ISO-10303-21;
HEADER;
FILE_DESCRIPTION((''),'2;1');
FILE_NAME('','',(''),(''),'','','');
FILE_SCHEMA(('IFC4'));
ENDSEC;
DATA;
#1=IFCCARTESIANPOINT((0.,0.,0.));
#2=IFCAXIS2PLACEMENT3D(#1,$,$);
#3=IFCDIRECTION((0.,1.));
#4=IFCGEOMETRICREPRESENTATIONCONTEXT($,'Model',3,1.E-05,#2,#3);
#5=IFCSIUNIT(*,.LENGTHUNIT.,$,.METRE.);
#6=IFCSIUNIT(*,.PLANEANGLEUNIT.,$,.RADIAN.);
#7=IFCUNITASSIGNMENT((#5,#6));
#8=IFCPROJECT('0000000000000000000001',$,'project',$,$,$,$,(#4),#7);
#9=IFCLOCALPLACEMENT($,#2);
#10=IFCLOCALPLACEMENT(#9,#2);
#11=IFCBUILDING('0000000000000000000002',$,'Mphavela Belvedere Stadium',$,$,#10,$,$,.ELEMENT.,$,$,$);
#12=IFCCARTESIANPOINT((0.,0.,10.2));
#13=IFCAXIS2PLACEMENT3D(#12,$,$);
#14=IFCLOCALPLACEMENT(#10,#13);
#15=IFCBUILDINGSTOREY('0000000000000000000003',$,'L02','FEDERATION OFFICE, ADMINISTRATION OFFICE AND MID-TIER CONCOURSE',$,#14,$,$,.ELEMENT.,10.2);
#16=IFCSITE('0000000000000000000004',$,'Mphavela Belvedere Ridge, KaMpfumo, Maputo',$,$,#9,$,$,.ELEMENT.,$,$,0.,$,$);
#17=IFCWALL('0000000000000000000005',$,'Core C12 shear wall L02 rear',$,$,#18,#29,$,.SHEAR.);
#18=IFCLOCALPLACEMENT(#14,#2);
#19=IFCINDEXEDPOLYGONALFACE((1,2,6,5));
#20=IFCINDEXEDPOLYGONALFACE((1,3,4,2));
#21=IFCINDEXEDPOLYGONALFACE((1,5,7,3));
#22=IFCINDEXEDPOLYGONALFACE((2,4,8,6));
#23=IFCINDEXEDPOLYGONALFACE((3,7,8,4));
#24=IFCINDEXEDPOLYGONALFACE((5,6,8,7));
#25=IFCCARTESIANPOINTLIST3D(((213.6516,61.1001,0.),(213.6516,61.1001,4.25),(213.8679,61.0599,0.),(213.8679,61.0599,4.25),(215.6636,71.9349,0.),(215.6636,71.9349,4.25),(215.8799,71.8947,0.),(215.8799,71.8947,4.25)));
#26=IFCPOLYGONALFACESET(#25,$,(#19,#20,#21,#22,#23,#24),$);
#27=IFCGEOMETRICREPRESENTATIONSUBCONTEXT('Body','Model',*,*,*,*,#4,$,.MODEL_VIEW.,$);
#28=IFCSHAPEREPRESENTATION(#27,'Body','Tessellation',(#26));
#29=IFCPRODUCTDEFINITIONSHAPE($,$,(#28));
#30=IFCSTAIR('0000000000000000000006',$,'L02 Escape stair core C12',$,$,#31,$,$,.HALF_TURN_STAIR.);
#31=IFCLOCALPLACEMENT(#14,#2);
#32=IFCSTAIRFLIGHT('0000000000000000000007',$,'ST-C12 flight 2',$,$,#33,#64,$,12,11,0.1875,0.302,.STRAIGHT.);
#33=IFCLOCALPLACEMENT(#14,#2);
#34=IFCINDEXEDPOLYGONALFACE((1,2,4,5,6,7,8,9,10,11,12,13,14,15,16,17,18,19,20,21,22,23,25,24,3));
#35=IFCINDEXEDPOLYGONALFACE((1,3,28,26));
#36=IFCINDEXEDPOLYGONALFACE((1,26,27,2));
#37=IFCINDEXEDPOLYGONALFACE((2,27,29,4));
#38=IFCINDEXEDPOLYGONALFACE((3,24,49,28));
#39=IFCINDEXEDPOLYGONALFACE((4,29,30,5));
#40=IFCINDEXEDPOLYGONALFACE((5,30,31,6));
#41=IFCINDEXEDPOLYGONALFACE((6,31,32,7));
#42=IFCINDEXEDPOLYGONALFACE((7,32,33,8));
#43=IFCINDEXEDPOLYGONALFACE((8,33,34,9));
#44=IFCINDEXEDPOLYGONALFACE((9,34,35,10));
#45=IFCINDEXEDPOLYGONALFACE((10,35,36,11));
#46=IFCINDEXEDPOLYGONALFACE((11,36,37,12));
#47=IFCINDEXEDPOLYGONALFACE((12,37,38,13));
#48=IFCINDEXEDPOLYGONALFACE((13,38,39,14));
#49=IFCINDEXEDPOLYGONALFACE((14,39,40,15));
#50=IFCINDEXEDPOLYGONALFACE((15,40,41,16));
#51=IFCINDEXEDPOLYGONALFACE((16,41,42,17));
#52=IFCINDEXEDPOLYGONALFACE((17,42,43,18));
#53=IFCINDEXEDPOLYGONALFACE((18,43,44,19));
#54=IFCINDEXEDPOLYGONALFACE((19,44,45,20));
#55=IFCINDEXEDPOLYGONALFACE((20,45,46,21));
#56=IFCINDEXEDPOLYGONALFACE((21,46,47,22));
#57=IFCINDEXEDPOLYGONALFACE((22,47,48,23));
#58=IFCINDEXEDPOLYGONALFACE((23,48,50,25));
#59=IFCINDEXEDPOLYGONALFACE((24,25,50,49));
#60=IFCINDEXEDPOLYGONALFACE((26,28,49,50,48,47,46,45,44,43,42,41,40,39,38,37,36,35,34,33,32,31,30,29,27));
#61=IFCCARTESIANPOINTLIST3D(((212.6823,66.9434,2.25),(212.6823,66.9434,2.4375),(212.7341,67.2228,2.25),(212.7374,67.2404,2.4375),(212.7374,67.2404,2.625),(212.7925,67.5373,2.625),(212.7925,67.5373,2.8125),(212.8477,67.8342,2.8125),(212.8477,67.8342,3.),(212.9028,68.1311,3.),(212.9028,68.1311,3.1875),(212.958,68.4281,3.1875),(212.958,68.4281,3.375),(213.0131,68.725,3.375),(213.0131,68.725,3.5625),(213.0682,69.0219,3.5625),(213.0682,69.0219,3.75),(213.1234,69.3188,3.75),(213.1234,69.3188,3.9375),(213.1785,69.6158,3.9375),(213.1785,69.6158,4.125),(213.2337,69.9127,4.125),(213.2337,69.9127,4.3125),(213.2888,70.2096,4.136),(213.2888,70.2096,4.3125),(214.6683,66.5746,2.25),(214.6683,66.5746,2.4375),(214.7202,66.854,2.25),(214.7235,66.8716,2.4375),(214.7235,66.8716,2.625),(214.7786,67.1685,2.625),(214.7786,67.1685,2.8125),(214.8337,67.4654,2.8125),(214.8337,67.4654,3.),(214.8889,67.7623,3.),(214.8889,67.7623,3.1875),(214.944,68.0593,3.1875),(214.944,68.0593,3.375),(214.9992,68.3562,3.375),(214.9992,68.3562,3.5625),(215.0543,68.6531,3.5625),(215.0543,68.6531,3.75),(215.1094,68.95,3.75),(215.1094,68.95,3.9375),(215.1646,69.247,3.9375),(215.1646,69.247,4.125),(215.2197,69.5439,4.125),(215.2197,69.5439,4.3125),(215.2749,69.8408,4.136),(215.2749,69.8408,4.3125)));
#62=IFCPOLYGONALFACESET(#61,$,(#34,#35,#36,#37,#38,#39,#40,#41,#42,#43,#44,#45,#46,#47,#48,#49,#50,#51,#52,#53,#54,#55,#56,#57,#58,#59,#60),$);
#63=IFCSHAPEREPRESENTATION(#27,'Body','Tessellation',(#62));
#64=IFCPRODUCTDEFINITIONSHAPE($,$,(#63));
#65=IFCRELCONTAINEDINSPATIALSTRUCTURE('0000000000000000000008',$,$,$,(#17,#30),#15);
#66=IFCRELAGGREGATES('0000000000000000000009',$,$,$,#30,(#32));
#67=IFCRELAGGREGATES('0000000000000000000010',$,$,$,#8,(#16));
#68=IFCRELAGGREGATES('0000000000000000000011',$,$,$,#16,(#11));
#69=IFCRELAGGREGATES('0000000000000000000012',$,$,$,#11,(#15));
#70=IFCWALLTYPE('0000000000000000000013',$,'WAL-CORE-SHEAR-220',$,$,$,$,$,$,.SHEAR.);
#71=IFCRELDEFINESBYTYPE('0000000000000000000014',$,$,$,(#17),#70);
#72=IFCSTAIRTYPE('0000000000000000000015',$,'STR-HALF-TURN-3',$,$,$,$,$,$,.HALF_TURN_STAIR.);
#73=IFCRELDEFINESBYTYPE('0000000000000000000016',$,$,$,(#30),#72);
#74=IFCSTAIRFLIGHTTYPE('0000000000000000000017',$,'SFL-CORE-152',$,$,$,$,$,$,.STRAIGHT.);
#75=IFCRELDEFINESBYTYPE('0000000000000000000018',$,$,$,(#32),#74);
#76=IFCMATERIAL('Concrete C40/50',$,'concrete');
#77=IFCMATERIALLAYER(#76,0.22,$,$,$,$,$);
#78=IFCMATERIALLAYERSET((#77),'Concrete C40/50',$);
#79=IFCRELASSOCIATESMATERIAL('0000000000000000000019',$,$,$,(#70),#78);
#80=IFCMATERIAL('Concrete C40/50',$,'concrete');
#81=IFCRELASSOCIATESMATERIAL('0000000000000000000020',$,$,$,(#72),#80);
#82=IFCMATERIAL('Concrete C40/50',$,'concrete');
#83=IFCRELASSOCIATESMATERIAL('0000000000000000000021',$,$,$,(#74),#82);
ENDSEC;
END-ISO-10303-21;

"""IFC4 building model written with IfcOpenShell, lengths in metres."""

from ifc_helpers import new_model, si_unit, direction, frame, frame_2d, origin, place, context, subcontext, project, spatial, polyline, rectangle, outline, extrude, material, layer, layer_set, type_object, element, aggregate, save


model = new_model("IFC4")

# Units and contexts
model_context = context("Model", 3, precision=1e-05, world=origin(), true_north=direction((0.0, 1.0)))
body_context = subcontext(model_context, "Body", "Model", "MODEL_VIEW")
ifc_project = project(units=[si_unit("LENGTHUNIT", "METRE"), si_unit("PLANEANGLEUNIT", "RADIAN")], contexts=[model_context])

# Site, building, storey
site_placement = place(None, origin())
site = spatial("IfcSite", under=ifc_project, at=site_placement, Name="Mphavela Belvedere Ridge, KaMpfumo, Maputo", CompositionType="ELEMENT", RefElevation=0.0)
building_placement = place(site_placement, origin())
building = spatial("IfcBuilding", under=site, at=building_placement, Name="Mphavela Belvedere Stadium", CompositionType="ELEMENT")
storey_placement = place(building_placement, frame((0.0, 0.0, 10.2)))
storey = spatial("IfcBuildingStorey", under=building, at=storey_placement, Name="L02", Description="FEDERATION OFFICE, ADMINISTRATION OFFICE AND MID-TIER CONCOURSE", CompositionType="ELEMENT", Elevation=10.2)

# Wall
ifc_material_1 = material(Name="Concrete C40/50", Category="concrete")
ifc_layer_1 = layer(ifc_material_1, 0.22)
ifc_layer_set_1 = layer_set([ifc_layer_1], Name="Concrete C40/50")
wall_type = type_object("IfcWallType", Name="WAL-CORE-SHEAR-220", PredefinedType="SHEAR", material=ifc_layer_set_1)
wall_placement = place(storey_placement, frame((215.7717, 71.9148, 0.0), z_axis=(0.0, 0.0, 1.0), x_axis=(-0.182575, -0.983192, 0.0)))
element("IfcWall", 1, at=wall_placement, inside=storey, type_object=wall_type, Name="Core C12 shear wall L02 rear", PredefinedType="SHEAR", context=body_context, shape_type="SweptSolid", body=[
    extrude(rectangle(XDim=11.02, YDim=0.22, at=frame_2d((5.51, 0.0))), origin(), (0.0, 0.0, 1.0), 4.25),
])

# Stair, stair flight
ifc_material_2 = material(Name="Concrete C40/50", Category="concrete")
stair_type = type_object("IfcStairType", Name="STR-HALF-TURN-3", PredefinedType="HALF_TURN_STAIR", material=ifc_material_2)
stair_placement = place(storey_placement, origin())
stair = element("IfcStair", 2, at=stair_placement, inside=storey, type_object=stair_type, Name="L02 Escape stair core C12", PredefinedType="HALF_TURN_STAIR")
ifc_material_3 = material(Name="Concrete C40/50", Category="concrete")
stair_flight_type = type_object("IfcStairFlightType", Name="SFL-CORE-152", PredefinedType="STRAIGHT", material=ifc_material_3)
stair_flight_placement = place(storey_placement, frame((213.6753, 66.759, 2.25), z_axis=(0.0, 0.0, 1.0), x_axis=(0.182579, 0.983191, 0.0)))
stair_flight = element("IfcStairFlight", 3, at=stair_flight_placement, type_object=stair_flight_type, Name="ST-C12 flight 2", NumberOfRisers=12, NumberOfTreads=11, PredefinedType="STRAIGHT", RiserHeight=0.1875, TreadLength=0.302, context=body_context, shape_type="SweptSolid", body=[
    extrude(outline(polyline([(0.0, 0.0), (0.0, 0.1875), (0.302, 0.1875), (0.302, 0.375), (0.604, 0.375), (0.604, 0.5625), (0.906, 0.5625), (0.906, 0.75), (1.208, 0.75), (1.208, 0.9375), (1.51, 0.9375), (1.51, 1.125), (1.812, 1.125), (1.812, 1.3125), (2.114, 1.3125), (2.114, 1.5), (2.416, 1.5), (2.416, 1.6875), (2.718, 1.6875), (2.718, 1.875), (3.02, 1.875), (3.02, 2.0625), (3.322, 2.0625), (3.322, 2.25), (3.322, 1.886), (0.2842, 0.0), (0.0, 0.0)])), frame((0.0, 1.01, 0.0), z_axis=(0.0, -1.0, 0.0), x_axis=(1.0, 0.0, 0.0)), (0.0, 0.0, 1.0), 2.02),
])
aggregate(stair, [stair_flight])

save(model, "model.ifc")
